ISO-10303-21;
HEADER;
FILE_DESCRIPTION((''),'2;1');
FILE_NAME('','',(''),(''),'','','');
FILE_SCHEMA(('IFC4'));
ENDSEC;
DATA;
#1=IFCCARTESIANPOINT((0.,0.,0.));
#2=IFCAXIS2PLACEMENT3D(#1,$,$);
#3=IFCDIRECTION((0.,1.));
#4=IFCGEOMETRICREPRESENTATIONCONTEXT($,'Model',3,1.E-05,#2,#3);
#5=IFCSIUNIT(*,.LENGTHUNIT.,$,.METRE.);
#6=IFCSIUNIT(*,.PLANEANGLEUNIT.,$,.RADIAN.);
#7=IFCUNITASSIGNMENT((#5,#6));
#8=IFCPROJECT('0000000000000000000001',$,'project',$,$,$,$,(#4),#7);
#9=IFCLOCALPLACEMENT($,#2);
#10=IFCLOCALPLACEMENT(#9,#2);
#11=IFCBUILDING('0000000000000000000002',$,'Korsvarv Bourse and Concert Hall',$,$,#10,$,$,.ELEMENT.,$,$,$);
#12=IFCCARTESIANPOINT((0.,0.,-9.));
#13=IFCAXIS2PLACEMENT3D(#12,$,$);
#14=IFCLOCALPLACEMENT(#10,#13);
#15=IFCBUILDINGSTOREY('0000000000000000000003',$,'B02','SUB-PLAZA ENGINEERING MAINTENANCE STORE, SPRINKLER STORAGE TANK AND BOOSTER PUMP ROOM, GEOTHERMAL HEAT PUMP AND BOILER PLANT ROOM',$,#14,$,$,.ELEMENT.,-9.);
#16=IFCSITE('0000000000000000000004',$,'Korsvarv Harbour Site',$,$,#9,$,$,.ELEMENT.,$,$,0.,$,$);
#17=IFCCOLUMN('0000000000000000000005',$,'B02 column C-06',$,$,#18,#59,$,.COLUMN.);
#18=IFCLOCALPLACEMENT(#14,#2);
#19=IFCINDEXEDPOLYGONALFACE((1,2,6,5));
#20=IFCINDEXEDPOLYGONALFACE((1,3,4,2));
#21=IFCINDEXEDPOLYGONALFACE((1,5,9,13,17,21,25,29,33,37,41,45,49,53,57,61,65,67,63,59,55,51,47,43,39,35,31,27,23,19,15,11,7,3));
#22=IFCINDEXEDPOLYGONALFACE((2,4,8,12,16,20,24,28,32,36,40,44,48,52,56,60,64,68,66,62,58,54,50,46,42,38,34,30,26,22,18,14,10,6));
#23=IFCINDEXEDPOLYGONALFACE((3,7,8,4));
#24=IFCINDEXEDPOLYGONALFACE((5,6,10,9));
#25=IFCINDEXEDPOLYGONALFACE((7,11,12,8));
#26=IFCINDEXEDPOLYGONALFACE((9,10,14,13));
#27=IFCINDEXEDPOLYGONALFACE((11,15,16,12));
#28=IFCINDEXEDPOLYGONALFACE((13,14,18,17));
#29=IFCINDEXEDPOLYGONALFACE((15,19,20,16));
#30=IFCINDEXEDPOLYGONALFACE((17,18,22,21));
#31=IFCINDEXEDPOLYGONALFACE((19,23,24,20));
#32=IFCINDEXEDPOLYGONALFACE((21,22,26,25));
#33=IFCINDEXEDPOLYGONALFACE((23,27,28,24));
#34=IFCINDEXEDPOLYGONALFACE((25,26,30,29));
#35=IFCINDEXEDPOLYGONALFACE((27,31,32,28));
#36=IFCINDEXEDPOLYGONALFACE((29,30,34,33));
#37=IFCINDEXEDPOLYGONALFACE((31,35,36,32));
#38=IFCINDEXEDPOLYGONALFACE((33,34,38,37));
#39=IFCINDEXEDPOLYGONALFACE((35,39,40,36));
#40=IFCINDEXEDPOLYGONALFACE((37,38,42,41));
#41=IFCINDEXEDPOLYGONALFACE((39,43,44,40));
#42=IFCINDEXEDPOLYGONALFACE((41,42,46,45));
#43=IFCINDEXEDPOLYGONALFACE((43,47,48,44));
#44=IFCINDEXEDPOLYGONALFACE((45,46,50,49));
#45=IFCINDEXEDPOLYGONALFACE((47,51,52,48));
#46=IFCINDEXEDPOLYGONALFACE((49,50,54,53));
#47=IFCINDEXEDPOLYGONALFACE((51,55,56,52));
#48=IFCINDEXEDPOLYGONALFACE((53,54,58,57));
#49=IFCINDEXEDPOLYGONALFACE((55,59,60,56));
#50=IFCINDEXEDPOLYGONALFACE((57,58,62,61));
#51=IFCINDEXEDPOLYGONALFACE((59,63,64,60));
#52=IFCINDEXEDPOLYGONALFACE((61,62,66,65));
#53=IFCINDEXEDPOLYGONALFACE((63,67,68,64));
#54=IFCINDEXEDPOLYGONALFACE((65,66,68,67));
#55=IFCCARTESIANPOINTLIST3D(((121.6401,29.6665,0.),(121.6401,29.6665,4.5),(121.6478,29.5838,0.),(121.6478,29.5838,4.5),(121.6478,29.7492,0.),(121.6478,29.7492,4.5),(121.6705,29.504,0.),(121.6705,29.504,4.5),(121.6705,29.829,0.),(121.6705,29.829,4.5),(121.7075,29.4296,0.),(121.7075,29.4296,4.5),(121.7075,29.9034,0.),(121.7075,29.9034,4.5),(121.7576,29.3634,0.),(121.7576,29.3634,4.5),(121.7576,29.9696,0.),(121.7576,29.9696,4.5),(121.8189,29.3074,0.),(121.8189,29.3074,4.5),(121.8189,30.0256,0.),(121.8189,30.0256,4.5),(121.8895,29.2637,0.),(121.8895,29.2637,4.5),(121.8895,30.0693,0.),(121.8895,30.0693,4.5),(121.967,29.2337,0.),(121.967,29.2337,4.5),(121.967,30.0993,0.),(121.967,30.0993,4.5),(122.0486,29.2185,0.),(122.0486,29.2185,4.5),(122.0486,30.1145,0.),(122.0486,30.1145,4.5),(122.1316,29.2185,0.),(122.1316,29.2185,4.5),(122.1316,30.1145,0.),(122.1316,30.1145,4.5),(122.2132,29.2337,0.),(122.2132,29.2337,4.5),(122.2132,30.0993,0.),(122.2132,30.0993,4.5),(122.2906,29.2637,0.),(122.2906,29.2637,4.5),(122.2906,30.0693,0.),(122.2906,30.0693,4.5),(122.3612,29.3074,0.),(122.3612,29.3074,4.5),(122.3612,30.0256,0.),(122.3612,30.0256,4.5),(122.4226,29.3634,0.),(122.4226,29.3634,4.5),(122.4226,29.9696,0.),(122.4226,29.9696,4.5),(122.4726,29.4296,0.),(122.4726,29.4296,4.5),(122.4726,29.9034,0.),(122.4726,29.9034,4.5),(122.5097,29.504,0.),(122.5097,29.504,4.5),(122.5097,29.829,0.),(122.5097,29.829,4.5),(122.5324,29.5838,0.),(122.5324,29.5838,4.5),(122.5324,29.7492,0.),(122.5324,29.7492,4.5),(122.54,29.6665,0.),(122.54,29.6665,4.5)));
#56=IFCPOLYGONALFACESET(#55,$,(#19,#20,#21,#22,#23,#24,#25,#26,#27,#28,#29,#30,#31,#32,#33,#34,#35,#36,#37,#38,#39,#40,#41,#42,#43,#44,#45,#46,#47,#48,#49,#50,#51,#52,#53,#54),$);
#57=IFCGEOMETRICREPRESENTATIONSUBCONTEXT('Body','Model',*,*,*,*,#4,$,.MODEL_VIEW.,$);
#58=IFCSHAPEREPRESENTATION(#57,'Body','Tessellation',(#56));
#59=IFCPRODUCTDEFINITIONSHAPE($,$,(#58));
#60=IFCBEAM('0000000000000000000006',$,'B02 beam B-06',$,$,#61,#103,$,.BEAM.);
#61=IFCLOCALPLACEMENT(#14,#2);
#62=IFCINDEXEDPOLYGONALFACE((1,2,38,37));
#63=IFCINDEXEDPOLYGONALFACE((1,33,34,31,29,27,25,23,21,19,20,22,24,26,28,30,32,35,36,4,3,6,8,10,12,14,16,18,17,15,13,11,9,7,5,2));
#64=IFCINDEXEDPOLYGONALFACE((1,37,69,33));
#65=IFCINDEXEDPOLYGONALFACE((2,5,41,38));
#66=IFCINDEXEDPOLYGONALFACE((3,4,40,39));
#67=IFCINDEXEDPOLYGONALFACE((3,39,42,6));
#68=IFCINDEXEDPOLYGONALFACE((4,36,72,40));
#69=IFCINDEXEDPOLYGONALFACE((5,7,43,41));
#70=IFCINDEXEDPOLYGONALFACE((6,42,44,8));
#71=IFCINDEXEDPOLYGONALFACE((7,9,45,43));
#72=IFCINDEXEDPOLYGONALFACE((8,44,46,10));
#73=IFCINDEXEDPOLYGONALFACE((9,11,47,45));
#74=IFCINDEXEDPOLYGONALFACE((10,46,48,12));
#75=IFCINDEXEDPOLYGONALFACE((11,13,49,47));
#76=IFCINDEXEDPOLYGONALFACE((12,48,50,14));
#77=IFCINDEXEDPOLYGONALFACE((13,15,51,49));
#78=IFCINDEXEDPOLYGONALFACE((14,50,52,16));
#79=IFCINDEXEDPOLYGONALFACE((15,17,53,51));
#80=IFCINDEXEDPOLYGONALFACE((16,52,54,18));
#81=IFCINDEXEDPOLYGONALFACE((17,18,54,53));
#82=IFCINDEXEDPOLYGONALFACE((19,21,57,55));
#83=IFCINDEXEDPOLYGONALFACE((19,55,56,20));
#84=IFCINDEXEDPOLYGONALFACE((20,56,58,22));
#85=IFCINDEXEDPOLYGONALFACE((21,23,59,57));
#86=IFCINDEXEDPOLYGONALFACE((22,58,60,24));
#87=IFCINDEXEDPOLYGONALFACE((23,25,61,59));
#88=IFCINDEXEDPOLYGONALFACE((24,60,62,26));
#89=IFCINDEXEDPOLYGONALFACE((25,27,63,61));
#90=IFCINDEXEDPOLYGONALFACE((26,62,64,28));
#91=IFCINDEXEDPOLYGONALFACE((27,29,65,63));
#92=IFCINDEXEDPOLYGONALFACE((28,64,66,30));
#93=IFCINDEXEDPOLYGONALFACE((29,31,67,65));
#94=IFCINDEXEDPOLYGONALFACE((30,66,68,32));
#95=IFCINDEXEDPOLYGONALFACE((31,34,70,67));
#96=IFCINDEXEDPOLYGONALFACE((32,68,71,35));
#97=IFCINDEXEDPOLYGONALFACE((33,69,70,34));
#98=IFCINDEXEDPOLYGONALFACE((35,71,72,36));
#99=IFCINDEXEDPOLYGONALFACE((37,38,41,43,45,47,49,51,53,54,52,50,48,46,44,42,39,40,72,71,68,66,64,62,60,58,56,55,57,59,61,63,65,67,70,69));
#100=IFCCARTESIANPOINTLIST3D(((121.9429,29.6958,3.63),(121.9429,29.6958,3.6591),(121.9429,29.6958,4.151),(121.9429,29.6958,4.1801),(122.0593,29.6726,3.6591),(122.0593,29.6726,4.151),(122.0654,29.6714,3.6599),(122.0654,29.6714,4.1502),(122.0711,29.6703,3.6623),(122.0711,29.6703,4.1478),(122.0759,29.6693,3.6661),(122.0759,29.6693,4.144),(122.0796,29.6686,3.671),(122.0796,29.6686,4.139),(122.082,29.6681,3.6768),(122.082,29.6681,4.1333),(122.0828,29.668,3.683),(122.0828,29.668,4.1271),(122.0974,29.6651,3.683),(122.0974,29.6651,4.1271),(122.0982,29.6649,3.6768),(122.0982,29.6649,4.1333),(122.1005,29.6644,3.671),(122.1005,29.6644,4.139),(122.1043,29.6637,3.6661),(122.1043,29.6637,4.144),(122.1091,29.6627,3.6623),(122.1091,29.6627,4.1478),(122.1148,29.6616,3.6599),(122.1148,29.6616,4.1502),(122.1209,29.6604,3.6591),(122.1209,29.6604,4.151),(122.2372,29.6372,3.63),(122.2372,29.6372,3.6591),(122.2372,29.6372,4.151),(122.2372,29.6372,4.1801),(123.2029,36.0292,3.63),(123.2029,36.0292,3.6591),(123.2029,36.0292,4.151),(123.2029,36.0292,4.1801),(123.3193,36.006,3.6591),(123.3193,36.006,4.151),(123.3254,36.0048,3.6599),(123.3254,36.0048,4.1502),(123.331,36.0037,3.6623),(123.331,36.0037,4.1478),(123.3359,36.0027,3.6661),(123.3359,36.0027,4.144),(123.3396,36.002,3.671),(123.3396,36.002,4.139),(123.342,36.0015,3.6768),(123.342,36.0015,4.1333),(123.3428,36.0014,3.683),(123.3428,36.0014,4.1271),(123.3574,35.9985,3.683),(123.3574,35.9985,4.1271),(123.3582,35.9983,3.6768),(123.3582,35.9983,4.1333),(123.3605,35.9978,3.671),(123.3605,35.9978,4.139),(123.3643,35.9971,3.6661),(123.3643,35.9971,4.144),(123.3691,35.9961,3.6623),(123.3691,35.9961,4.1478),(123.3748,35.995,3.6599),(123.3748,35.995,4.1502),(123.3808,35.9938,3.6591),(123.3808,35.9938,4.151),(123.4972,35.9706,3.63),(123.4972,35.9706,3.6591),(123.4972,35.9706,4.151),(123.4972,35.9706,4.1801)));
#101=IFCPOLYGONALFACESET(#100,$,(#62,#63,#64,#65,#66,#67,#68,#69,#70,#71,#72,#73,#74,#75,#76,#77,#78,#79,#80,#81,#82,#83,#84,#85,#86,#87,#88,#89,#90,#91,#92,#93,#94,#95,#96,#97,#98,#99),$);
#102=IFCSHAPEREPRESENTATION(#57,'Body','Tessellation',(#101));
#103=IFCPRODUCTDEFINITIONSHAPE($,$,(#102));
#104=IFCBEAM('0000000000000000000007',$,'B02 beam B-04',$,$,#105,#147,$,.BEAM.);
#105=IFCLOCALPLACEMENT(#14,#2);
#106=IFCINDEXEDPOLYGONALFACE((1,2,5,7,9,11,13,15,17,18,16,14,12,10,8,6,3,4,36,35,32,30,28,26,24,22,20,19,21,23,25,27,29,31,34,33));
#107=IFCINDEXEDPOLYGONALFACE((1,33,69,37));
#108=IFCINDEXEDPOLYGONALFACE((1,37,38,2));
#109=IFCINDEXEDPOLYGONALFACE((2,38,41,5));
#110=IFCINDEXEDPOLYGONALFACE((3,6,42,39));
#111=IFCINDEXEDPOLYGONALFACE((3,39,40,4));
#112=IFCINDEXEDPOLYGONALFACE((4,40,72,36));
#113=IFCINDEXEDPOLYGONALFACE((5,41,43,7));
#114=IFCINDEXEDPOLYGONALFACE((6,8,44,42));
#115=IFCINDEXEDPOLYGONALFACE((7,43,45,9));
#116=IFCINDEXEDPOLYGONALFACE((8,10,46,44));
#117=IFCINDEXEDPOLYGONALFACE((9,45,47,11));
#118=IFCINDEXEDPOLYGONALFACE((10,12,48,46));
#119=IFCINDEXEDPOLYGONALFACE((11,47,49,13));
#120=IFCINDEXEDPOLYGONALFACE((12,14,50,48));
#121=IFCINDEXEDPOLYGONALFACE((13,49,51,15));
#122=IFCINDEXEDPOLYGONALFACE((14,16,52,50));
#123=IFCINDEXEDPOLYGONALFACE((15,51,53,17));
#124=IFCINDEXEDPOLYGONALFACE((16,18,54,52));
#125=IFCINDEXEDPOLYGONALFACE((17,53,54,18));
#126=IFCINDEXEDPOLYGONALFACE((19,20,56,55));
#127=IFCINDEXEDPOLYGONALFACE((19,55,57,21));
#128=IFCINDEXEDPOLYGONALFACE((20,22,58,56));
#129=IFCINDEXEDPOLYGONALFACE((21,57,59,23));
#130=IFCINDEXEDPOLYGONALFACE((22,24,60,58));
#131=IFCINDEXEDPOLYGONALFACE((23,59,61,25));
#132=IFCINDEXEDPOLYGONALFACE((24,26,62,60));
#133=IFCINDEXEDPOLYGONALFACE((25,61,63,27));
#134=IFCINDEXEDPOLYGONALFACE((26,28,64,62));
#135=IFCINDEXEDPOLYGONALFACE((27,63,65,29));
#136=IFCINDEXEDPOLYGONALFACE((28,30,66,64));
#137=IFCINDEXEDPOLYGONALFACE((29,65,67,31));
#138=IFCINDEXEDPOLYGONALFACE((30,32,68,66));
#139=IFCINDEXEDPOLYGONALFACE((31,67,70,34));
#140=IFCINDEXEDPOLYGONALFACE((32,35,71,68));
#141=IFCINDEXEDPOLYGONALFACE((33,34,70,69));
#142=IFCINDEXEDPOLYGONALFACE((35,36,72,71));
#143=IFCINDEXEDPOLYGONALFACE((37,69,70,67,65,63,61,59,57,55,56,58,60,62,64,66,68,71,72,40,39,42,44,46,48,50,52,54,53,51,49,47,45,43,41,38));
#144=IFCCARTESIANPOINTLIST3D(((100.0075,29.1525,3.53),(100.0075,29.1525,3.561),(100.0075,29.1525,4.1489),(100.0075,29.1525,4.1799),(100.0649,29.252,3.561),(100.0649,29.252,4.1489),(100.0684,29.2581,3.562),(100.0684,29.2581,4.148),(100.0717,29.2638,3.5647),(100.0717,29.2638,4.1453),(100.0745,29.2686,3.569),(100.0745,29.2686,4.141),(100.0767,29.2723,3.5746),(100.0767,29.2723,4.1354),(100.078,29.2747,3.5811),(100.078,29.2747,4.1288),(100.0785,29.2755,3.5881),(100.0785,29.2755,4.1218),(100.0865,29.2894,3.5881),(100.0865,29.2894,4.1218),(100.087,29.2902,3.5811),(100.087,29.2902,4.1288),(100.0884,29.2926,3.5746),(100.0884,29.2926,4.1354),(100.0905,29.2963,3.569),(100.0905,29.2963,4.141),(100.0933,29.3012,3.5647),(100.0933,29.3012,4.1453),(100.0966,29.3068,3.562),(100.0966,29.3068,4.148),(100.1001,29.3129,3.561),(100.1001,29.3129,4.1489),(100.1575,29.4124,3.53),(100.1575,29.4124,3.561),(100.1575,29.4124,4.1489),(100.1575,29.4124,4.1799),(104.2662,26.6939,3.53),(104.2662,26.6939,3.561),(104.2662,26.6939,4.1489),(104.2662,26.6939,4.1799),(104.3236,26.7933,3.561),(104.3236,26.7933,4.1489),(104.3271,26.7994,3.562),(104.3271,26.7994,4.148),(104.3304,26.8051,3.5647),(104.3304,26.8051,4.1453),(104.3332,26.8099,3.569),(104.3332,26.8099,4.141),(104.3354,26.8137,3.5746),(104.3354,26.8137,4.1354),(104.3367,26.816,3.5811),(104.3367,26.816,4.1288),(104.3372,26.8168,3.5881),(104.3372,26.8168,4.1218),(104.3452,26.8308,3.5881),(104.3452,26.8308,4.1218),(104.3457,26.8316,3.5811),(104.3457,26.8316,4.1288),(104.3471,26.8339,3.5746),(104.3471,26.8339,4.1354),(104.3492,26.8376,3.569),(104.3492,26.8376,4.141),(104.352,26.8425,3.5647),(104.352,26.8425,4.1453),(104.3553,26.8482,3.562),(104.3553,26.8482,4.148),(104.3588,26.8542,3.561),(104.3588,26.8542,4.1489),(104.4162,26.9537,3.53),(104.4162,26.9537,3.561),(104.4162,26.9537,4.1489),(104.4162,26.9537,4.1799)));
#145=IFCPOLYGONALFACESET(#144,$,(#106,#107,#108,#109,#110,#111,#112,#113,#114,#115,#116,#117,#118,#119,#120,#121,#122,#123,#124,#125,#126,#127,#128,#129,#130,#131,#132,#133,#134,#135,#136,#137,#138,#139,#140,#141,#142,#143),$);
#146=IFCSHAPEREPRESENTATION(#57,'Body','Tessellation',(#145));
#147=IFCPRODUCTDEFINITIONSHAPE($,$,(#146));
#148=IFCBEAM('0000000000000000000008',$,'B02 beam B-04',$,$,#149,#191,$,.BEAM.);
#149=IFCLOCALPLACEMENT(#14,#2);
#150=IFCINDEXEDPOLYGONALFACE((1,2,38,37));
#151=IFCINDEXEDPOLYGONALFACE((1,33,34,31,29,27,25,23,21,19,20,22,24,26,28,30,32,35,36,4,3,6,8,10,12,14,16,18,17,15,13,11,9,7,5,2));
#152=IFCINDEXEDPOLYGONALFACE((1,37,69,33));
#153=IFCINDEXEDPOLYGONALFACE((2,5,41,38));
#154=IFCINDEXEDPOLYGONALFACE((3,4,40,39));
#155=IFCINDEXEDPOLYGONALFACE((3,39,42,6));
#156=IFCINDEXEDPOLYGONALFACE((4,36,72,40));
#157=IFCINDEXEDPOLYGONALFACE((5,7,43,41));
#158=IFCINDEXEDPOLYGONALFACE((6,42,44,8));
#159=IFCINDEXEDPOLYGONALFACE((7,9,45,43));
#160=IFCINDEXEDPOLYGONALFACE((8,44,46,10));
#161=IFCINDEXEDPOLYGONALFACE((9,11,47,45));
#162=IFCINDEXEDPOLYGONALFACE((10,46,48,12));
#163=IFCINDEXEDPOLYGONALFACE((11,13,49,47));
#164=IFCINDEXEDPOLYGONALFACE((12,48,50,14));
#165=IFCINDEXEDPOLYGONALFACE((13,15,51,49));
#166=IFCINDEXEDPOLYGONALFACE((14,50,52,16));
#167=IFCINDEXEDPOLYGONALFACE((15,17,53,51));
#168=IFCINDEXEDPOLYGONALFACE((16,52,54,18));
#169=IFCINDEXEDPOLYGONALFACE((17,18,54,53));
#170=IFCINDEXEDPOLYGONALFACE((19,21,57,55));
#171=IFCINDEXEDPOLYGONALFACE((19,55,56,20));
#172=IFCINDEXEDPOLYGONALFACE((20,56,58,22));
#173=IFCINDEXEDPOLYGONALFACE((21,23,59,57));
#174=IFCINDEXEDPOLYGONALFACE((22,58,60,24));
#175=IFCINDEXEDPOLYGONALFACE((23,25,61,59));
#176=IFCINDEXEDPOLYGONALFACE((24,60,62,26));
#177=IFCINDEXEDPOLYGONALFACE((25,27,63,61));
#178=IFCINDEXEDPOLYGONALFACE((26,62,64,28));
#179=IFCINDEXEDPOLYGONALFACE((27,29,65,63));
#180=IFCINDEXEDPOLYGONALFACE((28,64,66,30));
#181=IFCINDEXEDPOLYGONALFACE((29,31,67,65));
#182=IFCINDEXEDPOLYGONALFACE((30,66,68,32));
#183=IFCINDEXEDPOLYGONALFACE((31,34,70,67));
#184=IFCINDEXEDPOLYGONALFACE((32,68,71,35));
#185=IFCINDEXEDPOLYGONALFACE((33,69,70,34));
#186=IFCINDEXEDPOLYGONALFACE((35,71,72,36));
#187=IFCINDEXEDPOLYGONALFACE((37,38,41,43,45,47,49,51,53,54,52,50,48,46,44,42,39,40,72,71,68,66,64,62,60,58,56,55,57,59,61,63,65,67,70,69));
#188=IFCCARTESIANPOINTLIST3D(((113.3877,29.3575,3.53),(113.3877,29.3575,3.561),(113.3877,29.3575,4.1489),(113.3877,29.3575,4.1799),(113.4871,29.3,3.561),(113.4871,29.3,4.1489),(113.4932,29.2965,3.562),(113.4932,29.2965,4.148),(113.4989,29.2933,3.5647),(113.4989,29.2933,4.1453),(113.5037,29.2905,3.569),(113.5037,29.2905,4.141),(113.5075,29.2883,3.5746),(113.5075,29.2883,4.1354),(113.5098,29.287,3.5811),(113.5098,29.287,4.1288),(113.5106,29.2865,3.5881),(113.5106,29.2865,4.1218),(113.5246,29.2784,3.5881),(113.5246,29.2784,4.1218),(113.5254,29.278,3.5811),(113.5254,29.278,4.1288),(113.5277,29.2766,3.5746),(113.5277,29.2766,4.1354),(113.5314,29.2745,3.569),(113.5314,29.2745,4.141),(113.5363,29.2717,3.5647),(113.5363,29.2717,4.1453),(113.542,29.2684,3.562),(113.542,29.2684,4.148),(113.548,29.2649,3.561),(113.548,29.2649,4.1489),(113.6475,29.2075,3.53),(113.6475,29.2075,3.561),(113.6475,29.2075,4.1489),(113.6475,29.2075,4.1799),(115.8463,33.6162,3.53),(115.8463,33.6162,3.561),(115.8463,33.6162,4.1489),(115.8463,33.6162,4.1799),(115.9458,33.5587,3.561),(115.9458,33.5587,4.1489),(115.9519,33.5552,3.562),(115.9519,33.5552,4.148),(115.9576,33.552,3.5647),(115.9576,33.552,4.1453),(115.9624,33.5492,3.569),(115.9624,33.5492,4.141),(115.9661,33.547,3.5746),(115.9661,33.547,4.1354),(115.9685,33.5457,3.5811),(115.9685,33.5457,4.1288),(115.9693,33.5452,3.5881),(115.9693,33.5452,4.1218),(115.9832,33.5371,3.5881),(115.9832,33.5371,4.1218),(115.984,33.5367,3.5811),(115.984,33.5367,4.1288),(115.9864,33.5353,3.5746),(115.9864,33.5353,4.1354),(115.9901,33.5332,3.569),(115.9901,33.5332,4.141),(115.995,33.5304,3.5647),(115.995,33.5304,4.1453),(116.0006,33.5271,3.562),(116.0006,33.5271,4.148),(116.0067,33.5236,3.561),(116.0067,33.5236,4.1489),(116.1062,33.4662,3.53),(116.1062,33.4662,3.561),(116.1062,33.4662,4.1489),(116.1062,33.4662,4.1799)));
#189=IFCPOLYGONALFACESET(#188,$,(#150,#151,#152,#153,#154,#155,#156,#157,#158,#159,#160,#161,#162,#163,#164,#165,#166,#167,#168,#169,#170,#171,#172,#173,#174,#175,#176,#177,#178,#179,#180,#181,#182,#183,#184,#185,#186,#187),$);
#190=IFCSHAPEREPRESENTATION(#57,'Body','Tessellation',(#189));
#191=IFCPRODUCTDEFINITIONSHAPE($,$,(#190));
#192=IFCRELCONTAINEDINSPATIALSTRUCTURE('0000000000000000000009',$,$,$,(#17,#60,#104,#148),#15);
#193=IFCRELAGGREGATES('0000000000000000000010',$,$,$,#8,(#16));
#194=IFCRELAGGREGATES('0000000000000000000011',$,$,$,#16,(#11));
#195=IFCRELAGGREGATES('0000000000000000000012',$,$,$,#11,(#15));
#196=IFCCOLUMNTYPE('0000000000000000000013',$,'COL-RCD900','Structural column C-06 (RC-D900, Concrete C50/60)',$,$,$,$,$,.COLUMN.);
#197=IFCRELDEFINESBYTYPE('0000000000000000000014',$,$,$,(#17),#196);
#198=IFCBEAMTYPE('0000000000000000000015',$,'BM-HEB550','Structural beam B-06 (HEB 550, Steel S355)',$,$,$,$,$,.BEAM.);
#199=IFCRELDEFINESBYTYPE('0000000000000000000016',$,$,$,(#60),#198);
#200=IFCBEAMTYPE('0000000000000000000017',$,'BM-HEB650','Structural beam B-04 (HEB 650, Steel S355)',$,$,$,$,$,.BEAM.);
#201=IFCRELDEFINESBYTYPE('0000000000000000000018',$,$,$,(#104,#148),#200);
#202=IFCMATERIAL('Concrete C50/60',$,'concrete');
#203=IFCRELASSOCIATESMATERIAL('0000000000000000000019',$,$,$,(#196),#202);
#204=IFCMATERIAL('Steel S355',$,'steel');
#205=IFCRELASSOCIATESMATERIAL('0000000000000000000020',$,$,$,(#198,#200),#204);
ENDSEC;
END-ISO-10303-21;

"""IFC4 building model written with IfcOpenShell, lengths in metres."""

from ifc_helpers import new_model, si_unit, direction, frame, origin, origin_2d, place, context, subcontext, project, spatial, circle, i_section, extrude, source, transform, mapped, material, material_profile, profile_set, type_object, element, save


model = new_model("IFC4")

# Units and contexts
model_context = context("Model", 3, precision=1e-05, world=origin(), true_north=direction((0.0, 1.0)))
body_context = subcontext(model_context, "Body", "Model", "MODEL_VIEW")
ifc_project = project(units=[si_unit("LENGTHUNIT", "METRE"), si_unit("PLANEANGLEUNIT", "RADIAN")], contexts=[model_context])

# Site, building, storey
site_placement = place(None, origin())
site = spatial("IfcSite", under=ifc_project, at=site_placement, Name="Korsvarv Harbour Site", CompositionType="ELEMENT", RefElevation=0.0)
building_placement = place(site_placement, origin())
building = spatial("IfcBuilding", under=site, at=building_placement, Name="Korsvarv Bourse and Concert Hall", CompositionType="ELEMENT")
storey_placement = place(building_placement, frame((0.0, 0.0, -9.0)))
storey = spatial("IfcBuildingStorey", under=building, at=storey_placement, Name="B02", Description="SUB-PLAZA ENGINEERING MAINTENANCE STORE, SPRINKLER STORAGE TANK AND BOOSTER PUMP ROOM, GEOTHERMAL HEAT PUMP AND BOILER PLANT ROOM", CompositionType="ELEMENT", Elevation=-9.0)

# Column
ifc_material_1 = material(Name="Concrete C50/60", Category="concrete")
ifc_material_profile_1 = material_profile(ifc_material_1, circle(Radius=0.45, at=origin_2d()), Name="RC-D900")
ifc_profile_set_1 = profile_set([ifc_material_profile_1], Name="Concrete C50/60")
column_type_1 = type_object("IfcColumnType", Name="COL-RCD900", Description="Structural column C-06 (RC-D900, Concrete C50/60)", PredefinedType="COLUMN", material=ifc_profile_set_1)
shared_shape_1 = source(origin(), body_context, "Body", "SweptSolid", [
    extrude(circle(Radius=0.45, at=origin_2d()), origin(), (0.0, 0.0, 1.0), 4.5),
])
column_placement = place(storey_placement, frame((122.0901, 29.6665, 0.0), z_axis=(0.0, 0.0, 1.0), x_axis=(1.0, 0.0, 0.0)))
element("IfcColumn", 1, at=column_placement, inside=storey, type_object=column_type_1, Name="B02 column C-06", PredefinedType="COLUMN", context=body_context, shape_type="MappedRepresentation", body=[
    mapped(shared_shape_1, transform((0.0, 0.0, 0.0), scale=1.0)),
])

# Beams
ifc_material_2 = material(Name="Steel S355", Category="steel")
ifc_material_profile_2 = material_profile(ifc_material_2, i_section(OverallWidth=0.3, OverallDepth=0.55, WebThickness=0.0149, FlangeThickness=0.0291, FilletRadius=0.0239, at=origin_2d()), Name="HEB 550")
ifc_profile_set_2 = profile_set([ifc_material_profile_2], Name="Steel S355")
beam_type_1 = type_object("IfcBeamType", Name="BM-HEB550", Description="Structural beam B-06 (HEB 550, Steel S355)", PredefinedType="BEAM", material=ifc_profile_set_2)
shared_shape_2 = source(origin(), body_context, "Body", "SweptSolid", [
    extrude(i_section(OverallWidth=0.3, OverallDepth=0.55, WebThickness=0.0149, FlangeThickness=0.0291, FilletRadius=0.0239, at=origin_2d()), origin(), (0.0, 0.0, 1.0), 6.4575),
])
beam_1_placement = place(storey_placement, frame((122.0901, 29.6665, 3.905), z_axis=(0.19512, 0.980779, 0.0), x_axis=(-0.980779, 0.19512, 0.0)))
element("IfcBeam", 2, at=beam_1_placement, inside=storey, type_object=beam_type_1, Name="B02 beam B-06", PredefinedType="BEAM", context=body_context, shape_type="MappedRepresentation", body=[
    mapped(shared_shape_2, transform((0.0, 0.0, 0.0), scale=1.0)),
])
ifc_material_profile_3 = material_profile(ifc_material_2, i_section(OverallWidth=0.3, OverallDepth=0.6499, WebThickness=0.0161, FlangeThickness=0.031, FilletRadius=0.0271, at=origin_2d()), Name="HEB 650")
ifc_profile_set_3 = profile_set([ifc_material_profile_3], Name="Steel S355")
beam_type_2 = type_object("IfcBeamType", Name="BM-HEB650", Description="Structural beam B-04 (HEB 650, Steel S355)", PredefinedType="BEAM", material=ifc_profile_set_3)
shared_shape_3 = source(origin(), body_context, "Body", "SweptSolid", [
    extrude(i_section(OverallWidth=0.3, OverallDepth=0.6499, WebThickness=0.0161, FlangeThickness=0.031, FilletRadius=0.0271, at=origin_2d()), origin(), (0.0, 0.0, 1.0), 4.9175),
])
for number, where, z_axis, x_axis, name in (
    (3, (100.0825, 29.2825, 3.855), (0.866032, -0.499989, 0.0), (0.499989, 0.866032, 0.0), "B02 beam B-04"),
    (4, (113.5176, 29.2825, 3.855), (0.499989, 0.866032, 0.0), (-0.866032, 0.499989, 0.0), "B02 beam B-04"),
):
    element("IfcBeam", number, at=place(storey_placement, frame(where, z_axis=z_axis, x_axis=x_axis)), inside=storey, type_object=beam_type_2, Name=name, PredefinedType="BEAM", context=body_context, shape_type="MappedRepresentation", body=[
        mapped(shared_shape_3, transform((0.0, 0.0, 0.0), scale=1.0)),
    ])

save(model, "model.ifc")
